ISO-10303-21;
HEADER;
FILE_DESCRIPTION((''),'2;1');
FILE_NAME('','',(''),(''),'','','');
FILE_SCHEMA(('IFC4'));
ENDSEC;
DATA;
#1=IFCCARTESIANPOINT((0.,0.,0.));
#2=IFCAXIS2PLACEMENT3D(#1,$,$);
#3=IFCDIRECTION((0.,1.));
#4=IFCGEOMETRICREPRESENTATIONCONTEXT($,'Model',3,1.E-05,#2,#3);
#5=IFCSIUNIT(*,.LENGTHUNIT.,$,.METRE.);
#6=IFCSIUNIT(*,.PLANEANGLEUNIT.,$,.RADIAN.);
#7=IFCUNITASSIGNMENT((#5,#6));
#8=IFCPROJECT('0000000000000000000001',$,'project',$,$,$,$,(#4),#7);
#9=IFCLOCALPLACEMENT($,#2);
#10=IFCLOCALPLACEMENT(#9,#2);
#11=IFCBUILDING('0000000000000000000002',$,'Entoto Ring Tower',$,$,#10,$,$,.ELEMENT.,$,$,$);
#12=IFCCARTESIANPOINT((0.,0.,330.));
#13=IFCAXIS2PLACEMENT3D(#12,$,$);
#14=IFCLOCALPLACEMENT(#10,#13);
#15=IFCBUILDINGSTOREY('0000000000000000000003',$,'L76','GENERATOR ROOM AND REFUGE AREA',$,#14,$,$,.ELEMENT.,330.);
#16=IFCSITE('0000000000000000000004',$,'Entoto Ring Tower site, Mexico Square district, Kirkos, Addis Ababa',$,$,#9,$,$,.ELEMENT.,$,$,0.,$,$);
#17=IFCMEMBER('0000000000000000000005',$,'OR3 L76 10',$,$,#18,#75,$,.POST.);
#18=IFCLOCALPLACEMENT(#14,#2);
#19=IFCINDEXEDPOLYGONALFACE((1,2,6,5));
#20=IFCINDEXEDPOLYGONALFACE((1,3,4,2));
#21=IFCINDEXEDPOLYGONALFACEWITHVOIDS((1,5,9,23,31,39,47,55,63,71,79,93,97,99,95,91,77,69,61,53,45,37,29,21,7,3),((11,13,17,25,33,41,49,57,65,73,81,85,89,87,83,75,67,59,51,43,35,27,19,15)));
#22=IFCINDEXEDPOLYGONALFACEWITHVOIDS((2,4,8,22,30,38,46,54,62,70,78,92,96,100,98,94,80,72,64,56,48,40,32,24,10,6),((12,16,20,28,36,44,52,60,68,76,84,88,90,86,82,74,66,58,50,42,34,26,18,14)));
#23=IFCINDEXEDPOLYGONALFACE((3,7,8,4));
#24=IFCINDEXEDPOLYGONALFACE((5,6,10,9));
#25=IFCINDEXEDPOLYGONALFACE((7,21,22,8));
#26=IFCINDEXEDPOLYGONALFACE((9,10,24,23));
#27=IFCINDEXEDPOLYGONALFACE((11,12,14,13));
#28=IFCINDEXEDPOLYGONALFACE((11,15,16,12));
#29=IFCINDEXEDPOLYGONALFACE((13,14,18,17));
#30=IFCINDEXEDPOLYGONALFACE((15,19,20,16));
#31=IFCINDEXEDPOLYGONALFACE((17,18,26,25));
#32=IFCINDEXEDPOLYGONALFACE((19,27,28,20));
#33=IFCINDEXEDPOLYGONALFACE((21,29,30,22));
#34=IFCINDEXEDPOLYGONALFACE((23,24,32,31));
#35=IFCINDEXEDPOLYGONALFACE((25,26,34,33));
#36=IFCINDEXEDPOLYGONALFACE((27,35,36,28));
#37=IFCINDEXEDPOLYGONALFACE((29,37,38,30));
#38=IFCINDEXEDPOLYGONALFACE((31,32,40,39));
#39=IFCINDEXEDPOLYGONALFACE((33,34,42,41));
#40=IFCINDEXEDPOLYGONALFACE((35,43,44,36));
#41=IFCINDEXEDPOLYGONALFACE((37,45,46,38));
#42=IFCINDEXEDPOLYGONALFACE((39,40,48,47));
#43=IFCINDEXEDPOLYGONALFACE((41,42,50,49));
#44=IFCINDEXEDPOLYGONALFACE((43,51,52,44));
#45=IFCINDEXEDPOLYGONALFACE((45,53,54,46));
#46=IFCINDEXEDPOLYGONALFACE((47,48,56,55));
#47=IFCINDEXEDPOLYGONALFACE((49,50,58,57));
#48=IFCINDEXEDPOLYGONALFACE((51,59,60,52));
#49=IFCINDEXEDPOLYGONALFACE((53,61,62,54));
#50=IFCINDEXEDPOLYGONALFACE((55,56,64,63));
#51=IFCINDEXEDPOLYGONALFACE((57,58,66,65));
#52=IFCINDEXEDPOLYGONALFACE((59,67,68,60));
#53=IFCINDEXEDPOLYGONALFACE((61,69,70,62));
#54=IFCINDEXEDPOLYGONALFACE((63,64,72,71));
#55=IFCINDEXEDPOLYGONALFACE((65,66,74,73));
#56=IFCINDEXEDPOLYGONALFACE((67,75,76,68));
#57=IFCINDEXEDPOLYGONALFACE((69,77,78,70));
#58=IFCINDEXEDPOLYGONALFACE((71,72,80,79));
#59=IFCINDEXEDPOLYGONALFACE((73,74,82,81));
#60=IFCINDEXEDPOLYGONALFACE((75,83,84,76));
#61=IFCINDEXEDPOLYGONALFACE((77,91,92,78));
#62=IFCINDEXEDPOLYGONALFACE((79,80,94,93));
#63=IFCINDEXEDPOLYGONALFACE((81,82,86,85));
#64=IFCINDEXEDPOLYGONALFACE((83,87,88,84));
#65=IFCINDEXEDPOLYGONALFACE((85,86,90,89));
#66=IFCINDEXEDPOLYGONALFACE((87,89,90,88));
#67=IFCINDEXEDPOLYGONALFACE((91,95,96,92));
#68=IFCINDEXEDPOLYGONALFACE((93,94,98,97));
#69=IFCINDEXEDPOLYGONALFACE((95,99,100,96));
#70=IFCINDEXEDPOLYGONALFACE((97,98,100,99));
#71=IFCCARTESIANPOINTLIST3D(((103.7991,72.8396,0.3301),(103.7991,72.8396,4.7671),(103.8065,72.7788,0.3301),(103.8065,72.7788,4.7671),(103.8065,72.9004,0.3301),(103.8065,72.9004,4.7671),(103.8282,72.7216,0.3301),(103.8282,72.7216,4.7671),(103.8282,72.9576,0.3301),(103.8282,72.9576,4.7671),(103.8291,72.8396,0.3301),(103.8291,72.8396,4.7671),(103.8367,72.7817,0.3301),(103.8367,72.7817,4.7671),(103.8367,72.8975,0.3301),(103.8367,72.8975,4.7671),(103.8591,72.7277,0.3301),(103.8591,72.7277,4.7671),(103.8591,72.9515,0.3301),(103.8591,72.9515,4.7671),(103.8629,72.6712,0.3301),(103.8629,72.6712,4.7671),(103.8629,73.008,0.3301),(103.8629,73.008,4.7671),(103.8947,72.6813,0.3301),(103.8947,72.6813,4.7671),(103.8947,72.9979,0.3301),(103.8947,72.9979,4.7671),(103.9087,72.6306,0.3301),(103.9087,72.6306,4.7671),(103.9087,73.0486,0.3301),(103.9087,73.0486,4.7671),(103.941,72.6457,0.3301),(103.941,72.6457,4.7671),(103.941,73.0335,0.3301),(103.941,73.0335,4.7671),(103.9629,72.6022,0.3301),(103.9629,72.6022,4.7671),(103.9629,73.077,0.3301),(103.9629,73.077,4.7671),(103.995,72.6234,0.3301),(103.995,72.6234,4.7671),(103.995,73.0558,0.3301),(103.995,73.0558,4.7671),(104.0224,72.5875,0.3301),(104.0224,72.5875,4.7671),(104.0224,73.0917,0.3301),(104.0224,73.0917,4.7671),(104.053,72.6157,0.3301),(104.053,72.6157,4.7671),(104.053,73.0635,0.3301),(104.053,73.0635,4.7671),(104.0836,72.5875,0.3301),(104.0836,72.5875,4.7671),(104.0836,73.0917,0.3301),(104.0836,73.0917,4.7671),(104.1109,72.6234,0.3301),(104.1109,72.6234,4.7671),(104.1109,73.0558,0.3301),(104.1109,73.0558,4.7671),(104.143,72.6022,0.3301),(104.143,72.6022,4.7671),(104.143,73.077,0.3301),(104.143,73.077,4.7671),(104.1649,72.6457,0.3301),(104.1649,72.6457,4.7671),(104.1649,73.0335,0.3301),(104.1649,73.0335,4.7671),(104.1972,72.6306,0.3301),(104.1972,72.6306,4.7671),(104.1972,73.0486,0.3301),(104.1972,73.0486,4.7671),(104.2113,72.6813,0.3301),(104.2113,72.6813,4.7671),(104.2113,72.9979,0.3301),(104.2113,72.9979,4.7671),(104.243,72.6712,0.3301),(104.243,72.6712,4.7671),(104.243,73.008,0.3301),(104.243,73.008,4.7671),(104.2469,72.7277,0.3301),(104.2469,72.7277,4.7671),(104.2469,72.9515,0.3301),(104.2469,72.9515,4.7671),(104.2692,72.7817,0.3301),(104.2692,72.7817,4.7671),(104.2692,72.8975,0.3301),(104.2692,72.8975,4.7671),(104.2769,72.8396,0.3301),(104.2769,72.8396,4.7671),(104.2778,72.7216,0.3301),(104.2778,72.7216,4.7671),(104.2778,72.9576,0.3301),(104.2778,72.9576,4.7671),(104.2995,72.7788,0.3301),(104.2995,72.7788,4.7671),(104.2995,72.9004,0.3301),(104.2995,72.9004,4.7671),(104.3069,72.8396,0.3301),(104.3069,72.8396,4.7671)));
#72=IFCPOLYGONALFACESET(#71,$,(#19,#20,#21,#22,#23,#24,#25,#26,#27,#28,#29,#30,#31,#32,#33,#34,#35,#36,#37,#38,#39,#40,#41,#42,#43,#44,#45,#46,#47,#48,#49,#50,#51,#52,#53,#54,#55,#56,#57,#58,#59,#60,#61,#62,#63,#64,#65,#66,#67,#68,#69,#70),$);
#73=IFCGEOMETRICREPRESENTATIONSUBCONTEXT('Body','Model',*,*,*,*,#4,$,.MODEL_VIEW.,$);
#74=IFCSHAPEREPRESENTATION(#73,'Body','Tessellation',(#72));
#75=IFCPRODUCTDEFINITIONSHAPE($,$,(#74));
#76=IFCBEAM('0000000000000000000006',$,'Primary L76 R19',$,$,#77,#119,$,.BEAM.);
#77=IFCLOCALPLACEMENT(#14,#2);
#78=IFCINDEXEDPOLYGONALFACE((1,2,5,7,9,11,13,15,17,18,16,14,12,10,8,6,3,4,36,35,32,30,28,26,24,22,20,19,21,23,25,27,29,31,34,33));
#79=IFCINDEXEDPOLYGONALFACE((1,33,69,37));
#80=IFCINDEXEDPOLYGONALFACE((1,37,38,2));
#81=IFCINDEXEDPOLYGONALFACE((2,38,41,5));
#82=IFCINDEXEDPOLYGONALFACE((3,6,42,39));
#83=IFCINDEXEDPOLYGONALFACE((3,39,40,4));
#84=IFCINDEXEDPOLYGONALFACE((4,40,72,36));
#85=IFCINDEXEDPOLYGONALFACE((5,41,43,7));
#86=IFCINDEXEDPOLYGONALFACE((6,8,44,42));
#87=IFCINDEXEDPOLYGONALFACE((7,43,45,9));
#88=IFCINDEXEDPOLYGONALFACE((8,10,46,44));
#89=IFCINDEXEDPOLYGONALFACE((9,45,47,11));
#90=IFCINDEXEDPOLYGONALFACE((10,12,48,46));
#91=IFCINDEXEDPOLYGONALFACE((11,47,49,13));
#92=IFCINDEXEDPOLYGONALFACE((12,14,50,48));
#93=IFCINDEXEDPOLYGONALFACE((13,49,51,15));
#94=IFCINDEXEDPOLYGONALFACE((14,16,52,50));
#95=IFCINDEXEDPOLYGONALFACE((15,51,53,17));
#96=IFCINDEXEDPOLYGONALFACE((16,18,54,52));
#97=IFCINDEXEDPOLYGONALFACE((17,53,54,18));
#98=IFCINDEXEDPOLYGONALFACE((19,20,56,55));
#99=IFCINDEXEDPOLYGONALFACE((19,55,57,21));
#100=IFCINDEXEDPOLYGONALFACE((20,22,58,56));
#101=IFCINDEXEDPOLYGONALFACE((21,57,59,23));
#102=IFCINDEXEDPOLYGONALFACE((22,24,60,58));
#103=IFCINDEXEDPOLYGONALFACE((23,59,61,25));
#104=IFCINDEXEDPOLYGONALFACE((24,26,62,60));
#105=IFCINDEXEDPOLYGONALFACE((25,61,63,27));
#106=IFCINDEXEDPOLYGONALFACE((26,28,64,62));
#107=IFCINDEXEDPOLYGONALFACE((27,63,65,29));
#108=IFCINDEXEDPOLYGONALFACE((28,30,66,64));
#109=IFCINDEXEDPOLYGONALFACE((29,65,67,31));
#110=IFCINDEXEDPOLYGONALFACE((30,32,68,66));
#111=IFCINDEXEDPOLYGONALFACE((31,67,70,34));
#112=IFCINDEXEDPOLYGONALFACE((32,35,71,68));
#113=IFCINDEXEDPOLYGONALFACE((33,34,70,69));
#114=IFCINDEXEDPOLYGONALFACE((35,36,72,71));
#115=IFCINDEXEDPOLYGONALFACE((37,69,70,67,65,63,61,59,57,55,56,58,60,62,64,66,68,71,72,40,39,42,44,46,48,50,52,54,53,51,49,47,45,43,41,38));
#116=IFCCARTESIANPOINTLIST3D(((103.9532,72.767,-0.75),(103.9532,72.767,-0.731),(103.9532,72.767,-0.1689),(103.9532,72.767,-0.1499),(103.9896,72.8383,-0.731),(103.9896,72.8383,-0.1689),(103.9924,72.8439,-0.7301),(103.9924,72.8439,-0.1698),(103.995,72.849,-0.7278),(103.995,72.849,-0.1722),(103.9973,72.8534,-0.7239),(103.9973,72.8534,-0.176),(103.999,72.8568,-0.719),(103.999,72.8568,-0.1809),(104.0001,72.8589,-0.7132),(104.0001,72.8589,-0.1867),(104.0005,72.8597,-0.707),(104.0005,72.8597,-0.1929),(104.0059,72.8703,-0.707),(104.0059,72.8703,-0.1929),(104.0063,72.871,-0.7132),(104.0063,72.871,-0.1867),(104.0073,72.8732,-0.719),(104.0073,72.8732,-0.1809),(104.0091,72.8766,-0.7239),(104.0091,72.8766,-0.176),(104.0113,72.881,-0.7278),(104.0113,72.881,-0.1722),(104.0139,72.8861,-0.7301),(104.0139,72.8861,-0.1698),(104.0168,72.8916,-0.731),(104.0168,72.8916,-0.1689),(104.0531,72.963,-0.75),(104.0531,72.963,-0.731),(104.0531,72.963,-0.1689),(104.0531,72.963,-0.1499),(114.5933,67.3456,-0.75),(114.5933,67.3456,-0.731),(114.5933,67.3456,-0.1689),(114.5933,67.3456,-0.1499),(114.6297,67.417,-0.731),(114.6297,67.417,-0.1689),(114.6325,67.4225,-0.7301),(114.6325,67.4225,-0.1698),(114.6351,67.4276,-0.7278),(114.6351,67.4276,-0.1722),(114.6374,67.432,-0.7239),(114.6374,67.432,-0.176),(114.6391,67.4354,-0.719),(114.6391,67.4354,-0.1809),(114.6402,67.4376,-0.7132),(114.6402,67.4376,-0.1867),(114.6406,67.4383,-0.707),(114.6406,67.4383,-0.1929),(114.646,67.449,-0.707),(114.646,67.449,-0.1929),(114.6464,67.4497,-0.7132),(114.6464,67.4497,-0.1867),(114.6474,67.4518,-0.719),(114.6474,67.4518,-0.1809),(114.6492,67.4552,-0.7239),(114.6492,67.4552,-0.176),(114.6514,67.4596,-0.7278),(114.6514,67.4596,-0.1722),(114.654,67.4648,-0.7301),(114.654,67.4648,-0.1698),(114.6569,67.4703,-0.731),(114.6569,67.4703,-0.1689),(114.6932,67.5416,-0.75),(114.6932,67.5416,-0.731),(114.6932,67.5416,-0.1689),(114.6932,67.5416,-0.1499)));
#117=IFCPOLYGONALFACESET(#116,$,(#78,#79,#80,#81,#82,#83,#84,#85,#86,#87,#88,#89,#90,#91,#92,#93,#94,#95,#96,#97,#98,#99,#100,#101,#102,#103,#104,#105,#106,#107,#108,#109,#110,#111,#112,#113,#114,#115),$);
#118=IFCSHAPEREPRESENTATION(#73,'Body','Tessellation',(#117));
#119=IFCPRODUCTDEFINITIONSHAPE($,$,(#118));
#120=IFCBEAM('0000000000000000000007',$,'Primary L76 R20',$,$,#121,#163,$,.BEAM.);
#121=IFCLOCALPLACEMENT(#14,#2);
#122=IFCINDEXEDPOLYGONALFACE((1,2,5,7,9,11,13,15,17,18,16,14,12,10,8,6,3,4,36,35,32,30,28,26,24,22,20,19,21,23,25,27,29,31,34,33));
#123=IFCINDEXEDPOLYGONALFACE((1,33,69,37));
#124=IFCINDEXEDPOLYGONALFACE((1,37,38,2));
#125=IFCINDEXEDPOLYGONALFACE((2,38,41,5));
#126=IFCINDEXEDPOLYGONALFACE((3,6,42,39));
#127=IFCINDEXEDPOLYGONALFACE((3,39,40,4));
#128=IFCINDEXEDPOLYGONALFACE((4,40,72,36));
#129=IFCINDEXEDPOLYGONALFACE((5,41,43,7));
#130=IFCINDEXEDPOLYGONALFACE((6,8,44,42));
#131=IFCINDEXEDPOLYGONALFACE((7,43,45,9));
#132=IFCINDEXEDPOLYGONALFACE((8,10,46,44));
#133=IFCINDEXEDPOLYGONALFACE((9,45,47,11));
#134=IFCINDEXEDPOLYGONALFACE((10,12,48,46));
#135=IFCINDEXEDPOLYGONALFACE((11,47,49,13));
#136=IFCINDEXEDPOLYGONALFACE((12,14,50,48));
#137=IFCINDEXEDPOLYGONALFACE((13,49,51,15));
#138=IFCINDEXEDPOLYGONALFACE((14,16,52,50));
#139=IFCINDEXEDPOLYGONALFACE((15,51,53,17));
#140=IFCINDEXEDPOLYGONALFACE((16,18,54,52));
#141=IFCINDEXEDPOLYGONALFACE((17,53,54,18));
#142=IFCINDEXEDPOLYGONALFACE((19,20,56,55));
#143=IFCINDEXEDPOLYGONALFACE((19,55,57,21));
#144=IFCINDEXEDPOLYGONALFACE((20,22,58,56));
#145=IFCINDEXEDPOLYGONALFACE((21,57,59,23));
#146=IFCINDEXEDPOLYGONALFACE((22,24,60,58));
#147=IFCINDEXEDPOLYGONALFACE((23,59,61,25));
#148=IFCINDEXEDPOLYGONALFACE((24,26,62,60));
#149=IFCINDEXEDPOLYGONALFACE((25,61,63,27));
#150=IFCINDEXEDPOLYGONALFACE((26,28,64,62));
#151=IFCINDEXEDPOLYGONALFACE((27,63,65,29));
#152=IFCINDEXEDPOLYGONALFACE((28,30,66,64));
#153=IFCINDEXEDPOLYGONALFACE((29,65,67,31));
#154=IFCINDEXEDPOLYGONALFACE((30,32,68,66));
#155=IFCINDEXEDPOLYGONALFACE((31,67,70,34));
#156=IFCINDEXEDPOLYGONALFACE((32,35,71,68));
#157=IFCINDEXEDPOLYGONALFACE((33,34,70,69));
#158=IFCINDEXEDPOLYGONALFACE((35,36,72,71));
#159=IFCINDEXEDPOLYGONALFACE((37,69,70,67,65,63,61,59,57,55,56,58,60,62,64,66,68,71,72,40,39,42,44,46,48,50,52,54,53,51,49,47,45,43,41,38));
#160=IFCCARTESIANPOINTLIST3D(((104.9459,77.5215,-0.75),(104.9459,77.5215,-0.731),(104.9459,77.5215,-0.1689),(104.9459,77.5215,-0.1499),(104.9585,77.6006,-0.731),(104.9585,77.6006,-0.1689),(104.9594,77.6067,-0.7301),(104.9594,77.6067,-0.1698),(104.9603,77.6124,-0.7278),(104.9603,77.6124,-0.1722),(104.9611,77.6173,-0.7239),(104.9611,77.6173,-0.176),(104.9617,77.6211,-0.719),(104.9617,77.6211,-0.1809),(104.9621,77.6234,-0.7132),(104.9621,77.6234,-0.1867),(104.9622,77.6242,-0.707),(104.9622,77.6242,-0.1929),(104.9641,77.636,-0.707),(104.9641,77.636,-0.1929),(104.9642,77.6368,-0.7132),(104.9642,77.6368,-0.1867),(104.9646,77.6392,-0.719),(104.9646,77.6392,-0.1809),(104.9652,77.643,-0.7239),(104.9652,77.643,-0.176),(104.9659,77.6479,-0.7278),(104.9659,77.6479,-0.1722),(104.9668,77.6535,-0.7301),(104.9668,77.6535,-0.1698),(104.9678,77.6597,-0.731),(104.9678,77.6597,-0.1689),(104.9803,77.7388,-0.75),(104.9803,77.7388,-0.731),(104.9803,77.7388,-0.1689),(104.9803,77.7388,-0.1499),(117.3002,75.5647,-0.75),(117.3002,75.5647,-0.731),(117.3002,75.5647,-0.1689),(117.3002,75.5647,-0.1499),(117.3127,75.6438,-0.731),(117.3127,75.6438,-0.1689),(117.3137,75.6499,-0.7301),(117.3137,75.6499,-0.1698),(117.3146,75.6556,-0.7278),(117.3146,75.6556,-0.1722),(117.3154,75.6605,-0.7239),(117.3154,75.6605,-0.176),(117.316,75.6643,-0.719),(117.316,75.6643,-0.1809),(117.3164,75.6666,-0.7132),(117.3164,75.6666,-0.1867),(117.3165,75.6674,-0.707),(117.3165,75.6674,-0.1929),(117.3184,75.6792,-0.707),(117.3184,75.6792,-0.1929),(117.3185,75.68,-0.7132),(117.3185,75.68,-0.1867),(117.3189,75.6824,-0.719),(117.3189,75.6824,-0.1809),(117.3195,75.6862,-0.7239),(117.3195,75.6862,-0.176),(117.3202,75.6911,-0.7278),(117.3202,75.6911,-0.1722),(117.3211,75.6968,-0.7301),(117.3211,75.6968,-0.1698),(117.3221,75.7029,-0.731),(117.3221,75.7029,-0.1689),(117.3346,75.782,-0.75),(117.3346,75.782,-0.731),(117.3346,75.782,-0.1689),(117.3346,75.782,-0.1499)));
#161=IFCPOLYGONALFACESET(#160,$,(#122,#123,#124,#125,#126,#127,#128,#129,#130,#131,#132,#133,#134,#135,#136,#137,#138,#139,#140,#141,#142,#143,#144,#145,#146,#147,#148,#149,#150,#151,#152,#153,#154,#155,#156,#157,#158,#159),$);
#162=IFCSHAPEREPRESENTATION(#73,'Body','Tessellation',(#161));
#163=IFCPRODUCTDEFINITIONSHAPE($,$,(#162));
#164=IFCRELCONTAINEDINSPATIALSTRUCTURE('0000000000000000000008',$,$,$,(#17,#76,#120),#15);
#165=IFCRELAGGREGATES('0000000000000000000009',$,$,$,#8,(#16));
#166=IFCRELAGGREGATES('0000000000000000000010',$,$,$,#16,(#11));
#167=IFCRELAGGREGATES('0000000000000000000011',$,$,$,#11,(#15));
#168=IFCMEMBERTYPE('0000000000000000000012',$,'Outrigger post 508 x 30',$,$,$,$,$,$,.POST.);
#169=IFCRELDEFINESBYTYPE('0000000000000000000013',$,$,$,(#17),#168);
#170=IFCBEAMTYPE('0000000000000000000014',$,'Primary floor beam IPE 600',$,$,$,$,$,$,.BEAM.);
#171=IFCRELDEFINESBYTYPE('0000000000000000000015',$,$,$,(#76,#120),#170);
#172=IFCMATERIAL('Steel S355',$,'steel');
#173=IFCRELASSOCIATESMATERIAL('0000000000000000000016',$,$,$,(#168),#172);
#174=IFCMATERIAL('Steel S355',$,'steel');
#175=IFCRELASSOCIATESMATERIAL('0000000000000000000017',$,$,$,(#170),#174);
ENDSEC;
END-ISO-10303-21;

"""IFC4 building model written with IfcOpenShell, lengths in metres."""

from ifc_helpers import new_model, si_unit, direction, frame, origin, origin_2d, place, context, subcontext, project, spatial, circle, hollow_circle, i_section, extrude, material, material_profile, profile_set, type_object, element, save


model = new_model("IFC4")

# Units and contexts
model_context = context("Model", 3, precision=1e-05, world=origin(), true_north=direction((0.0, 1.0)))
body_context = subcontext(model_context, "Body", "Model", "MODEL_VIEW")
ifc_project = project(units=[si_unit("LENGTHUNIT", "METRE"), si_unit("PLANEANGLEUNIT", "RADIAN")], contexts=[model_context])

# Site, building, storey
site_placement = place(None, origin())
site = spatial("IfcSite", under=ifc_project, at=site_placement, Name="Entoto Ring Tower site, Mexico Square district, Kirkos, Addis Ababa", CompositionType="ELEMENT", RefElevation=0.0)
building_placement = place(site_placement, origin())
building = spatial("IfcBuilding", under=site, at=building_placement, Name="Entoto Ring Tower", CompositionType="ELEMENT")
storey_placement = place(building_placement, frame((0.0, 0.0, 330.0)))
storey = spatial("IfcBuildingStorey", under=building, at=storey_placement, Name="L76", Description="GENERATOR ROOM AND REFUGE AREA", CompositionType="ELEMENT", Elevation=330.0)

# Member
ifc_material_1 = material(Name="Steel S355", Category="steel")
ifc_material_profile_1 = material_profile(ifc_material_1, hollow_circle(Radius=0.2539, WallThickness=0.03, at=origin_2d()), Name="CHS 508 x 30")
ifc_material_2 = material(Name="Concrete C60/75", Category="concrete")
ifc_material_profile_2 = material_profile(ifc_material_2, circle(Radius=0.2241, at=origin_2d()), Name="Concrete C60/75 infill")
ifc_profile_set_1 = profile_set([ifc_material_profile_1, ifc_material_profile_2], Name="Steel S355")
member_type_1 = type_object("IfcMemberType", Name="Outrigger post 508 x 30", PredefinedType="POST", material=ifc_profile_set_1)
member_1_placement = place(storey_placement, frame((104.053, 72.8396, 0.3301), z_axis=(0.0, 0.0, 1.0), x_axis=(1.0, 0.0, 0.0)))
element("IfcMember", 1, at=member_1_placement, inside=storey, type_object=member_type_1, Name="OR3 L76 10", PredefinedType="POST", context=body_context, shape_type="SweptSolid", body=[
    extrude(hollow_circle(Radius=0.2539, WallThickness=0.03, at=origin_2d()), origin(), (0.0, 0.0, 1.0), 4.437),
])

# Beams
ifc_material_3 = material(Name="Steel S355", Category="steel")
ifc_material_profile_3 = material_profile(ifc_material_3, i_section(OverallWidth=0.22, OverallDepth=0.6001, WebThickness=0.012, FlangeThickness=0.019, FilletRadius=0.0239, at=origin_2d()), Name="IPE 600")
ifc_profile_set_2 = profile_set([ifc_material_profile_3], Name="Steel S355")
beam_type_1 = type_object("IfcBeamType", Name="Primary floor beam IPE 600", PredefinedType="BEAM", material=ifc_profile_set_2)
beam_1_placement = place(storey_placement, frame((104.0032, 72.865, -0.45), z_axis=(0.891008, -0.453988, 0.0), x_axis=(0.453988, 0.891008, 0.0)))
element("IfcBeam", 2, at=beam_1_placement, inside=storey, type_object=beam_type_1, Name="Primary L76 R19", PredefinedType="BEAM", context=body_context, shape_type="SweptSolid", body=[
    extrude(i_section(OverallWidth=0.22, OverallDepth=0.6001, WebThickness=0.012, FlangeThickness=0.019, FilletRadius=0.0239, at=origin_2d()), origin(), (0.0, 0.0, 1.0), 11.9417),
])
beam_2_placement = place(storey_placement, frame((104.9631, 77.6301, -0.45), z_axis=(0.987688, -0.15644, 0.0), x_axis=(0.15644, 0.987688, 0.0)))
element("IfcBeam", 3, at=beam_2_placement, inside=storey, type_object=beam_type_1, Name="Primary L76 R20", PredefinedType="BEAM", context=body_context, shape_type="SweptSolid", body=[
    extrude(i_section(OverallWidth=0.22, OverallDepth=0.6001, WebThickness=0.012, FlangeThickness=0.019, FilletRadius=0.0239, at=origin_2d()), origin(), (0.0, 0.0, 1.0), 12.5083),
])

save(model, "model.ifc")
